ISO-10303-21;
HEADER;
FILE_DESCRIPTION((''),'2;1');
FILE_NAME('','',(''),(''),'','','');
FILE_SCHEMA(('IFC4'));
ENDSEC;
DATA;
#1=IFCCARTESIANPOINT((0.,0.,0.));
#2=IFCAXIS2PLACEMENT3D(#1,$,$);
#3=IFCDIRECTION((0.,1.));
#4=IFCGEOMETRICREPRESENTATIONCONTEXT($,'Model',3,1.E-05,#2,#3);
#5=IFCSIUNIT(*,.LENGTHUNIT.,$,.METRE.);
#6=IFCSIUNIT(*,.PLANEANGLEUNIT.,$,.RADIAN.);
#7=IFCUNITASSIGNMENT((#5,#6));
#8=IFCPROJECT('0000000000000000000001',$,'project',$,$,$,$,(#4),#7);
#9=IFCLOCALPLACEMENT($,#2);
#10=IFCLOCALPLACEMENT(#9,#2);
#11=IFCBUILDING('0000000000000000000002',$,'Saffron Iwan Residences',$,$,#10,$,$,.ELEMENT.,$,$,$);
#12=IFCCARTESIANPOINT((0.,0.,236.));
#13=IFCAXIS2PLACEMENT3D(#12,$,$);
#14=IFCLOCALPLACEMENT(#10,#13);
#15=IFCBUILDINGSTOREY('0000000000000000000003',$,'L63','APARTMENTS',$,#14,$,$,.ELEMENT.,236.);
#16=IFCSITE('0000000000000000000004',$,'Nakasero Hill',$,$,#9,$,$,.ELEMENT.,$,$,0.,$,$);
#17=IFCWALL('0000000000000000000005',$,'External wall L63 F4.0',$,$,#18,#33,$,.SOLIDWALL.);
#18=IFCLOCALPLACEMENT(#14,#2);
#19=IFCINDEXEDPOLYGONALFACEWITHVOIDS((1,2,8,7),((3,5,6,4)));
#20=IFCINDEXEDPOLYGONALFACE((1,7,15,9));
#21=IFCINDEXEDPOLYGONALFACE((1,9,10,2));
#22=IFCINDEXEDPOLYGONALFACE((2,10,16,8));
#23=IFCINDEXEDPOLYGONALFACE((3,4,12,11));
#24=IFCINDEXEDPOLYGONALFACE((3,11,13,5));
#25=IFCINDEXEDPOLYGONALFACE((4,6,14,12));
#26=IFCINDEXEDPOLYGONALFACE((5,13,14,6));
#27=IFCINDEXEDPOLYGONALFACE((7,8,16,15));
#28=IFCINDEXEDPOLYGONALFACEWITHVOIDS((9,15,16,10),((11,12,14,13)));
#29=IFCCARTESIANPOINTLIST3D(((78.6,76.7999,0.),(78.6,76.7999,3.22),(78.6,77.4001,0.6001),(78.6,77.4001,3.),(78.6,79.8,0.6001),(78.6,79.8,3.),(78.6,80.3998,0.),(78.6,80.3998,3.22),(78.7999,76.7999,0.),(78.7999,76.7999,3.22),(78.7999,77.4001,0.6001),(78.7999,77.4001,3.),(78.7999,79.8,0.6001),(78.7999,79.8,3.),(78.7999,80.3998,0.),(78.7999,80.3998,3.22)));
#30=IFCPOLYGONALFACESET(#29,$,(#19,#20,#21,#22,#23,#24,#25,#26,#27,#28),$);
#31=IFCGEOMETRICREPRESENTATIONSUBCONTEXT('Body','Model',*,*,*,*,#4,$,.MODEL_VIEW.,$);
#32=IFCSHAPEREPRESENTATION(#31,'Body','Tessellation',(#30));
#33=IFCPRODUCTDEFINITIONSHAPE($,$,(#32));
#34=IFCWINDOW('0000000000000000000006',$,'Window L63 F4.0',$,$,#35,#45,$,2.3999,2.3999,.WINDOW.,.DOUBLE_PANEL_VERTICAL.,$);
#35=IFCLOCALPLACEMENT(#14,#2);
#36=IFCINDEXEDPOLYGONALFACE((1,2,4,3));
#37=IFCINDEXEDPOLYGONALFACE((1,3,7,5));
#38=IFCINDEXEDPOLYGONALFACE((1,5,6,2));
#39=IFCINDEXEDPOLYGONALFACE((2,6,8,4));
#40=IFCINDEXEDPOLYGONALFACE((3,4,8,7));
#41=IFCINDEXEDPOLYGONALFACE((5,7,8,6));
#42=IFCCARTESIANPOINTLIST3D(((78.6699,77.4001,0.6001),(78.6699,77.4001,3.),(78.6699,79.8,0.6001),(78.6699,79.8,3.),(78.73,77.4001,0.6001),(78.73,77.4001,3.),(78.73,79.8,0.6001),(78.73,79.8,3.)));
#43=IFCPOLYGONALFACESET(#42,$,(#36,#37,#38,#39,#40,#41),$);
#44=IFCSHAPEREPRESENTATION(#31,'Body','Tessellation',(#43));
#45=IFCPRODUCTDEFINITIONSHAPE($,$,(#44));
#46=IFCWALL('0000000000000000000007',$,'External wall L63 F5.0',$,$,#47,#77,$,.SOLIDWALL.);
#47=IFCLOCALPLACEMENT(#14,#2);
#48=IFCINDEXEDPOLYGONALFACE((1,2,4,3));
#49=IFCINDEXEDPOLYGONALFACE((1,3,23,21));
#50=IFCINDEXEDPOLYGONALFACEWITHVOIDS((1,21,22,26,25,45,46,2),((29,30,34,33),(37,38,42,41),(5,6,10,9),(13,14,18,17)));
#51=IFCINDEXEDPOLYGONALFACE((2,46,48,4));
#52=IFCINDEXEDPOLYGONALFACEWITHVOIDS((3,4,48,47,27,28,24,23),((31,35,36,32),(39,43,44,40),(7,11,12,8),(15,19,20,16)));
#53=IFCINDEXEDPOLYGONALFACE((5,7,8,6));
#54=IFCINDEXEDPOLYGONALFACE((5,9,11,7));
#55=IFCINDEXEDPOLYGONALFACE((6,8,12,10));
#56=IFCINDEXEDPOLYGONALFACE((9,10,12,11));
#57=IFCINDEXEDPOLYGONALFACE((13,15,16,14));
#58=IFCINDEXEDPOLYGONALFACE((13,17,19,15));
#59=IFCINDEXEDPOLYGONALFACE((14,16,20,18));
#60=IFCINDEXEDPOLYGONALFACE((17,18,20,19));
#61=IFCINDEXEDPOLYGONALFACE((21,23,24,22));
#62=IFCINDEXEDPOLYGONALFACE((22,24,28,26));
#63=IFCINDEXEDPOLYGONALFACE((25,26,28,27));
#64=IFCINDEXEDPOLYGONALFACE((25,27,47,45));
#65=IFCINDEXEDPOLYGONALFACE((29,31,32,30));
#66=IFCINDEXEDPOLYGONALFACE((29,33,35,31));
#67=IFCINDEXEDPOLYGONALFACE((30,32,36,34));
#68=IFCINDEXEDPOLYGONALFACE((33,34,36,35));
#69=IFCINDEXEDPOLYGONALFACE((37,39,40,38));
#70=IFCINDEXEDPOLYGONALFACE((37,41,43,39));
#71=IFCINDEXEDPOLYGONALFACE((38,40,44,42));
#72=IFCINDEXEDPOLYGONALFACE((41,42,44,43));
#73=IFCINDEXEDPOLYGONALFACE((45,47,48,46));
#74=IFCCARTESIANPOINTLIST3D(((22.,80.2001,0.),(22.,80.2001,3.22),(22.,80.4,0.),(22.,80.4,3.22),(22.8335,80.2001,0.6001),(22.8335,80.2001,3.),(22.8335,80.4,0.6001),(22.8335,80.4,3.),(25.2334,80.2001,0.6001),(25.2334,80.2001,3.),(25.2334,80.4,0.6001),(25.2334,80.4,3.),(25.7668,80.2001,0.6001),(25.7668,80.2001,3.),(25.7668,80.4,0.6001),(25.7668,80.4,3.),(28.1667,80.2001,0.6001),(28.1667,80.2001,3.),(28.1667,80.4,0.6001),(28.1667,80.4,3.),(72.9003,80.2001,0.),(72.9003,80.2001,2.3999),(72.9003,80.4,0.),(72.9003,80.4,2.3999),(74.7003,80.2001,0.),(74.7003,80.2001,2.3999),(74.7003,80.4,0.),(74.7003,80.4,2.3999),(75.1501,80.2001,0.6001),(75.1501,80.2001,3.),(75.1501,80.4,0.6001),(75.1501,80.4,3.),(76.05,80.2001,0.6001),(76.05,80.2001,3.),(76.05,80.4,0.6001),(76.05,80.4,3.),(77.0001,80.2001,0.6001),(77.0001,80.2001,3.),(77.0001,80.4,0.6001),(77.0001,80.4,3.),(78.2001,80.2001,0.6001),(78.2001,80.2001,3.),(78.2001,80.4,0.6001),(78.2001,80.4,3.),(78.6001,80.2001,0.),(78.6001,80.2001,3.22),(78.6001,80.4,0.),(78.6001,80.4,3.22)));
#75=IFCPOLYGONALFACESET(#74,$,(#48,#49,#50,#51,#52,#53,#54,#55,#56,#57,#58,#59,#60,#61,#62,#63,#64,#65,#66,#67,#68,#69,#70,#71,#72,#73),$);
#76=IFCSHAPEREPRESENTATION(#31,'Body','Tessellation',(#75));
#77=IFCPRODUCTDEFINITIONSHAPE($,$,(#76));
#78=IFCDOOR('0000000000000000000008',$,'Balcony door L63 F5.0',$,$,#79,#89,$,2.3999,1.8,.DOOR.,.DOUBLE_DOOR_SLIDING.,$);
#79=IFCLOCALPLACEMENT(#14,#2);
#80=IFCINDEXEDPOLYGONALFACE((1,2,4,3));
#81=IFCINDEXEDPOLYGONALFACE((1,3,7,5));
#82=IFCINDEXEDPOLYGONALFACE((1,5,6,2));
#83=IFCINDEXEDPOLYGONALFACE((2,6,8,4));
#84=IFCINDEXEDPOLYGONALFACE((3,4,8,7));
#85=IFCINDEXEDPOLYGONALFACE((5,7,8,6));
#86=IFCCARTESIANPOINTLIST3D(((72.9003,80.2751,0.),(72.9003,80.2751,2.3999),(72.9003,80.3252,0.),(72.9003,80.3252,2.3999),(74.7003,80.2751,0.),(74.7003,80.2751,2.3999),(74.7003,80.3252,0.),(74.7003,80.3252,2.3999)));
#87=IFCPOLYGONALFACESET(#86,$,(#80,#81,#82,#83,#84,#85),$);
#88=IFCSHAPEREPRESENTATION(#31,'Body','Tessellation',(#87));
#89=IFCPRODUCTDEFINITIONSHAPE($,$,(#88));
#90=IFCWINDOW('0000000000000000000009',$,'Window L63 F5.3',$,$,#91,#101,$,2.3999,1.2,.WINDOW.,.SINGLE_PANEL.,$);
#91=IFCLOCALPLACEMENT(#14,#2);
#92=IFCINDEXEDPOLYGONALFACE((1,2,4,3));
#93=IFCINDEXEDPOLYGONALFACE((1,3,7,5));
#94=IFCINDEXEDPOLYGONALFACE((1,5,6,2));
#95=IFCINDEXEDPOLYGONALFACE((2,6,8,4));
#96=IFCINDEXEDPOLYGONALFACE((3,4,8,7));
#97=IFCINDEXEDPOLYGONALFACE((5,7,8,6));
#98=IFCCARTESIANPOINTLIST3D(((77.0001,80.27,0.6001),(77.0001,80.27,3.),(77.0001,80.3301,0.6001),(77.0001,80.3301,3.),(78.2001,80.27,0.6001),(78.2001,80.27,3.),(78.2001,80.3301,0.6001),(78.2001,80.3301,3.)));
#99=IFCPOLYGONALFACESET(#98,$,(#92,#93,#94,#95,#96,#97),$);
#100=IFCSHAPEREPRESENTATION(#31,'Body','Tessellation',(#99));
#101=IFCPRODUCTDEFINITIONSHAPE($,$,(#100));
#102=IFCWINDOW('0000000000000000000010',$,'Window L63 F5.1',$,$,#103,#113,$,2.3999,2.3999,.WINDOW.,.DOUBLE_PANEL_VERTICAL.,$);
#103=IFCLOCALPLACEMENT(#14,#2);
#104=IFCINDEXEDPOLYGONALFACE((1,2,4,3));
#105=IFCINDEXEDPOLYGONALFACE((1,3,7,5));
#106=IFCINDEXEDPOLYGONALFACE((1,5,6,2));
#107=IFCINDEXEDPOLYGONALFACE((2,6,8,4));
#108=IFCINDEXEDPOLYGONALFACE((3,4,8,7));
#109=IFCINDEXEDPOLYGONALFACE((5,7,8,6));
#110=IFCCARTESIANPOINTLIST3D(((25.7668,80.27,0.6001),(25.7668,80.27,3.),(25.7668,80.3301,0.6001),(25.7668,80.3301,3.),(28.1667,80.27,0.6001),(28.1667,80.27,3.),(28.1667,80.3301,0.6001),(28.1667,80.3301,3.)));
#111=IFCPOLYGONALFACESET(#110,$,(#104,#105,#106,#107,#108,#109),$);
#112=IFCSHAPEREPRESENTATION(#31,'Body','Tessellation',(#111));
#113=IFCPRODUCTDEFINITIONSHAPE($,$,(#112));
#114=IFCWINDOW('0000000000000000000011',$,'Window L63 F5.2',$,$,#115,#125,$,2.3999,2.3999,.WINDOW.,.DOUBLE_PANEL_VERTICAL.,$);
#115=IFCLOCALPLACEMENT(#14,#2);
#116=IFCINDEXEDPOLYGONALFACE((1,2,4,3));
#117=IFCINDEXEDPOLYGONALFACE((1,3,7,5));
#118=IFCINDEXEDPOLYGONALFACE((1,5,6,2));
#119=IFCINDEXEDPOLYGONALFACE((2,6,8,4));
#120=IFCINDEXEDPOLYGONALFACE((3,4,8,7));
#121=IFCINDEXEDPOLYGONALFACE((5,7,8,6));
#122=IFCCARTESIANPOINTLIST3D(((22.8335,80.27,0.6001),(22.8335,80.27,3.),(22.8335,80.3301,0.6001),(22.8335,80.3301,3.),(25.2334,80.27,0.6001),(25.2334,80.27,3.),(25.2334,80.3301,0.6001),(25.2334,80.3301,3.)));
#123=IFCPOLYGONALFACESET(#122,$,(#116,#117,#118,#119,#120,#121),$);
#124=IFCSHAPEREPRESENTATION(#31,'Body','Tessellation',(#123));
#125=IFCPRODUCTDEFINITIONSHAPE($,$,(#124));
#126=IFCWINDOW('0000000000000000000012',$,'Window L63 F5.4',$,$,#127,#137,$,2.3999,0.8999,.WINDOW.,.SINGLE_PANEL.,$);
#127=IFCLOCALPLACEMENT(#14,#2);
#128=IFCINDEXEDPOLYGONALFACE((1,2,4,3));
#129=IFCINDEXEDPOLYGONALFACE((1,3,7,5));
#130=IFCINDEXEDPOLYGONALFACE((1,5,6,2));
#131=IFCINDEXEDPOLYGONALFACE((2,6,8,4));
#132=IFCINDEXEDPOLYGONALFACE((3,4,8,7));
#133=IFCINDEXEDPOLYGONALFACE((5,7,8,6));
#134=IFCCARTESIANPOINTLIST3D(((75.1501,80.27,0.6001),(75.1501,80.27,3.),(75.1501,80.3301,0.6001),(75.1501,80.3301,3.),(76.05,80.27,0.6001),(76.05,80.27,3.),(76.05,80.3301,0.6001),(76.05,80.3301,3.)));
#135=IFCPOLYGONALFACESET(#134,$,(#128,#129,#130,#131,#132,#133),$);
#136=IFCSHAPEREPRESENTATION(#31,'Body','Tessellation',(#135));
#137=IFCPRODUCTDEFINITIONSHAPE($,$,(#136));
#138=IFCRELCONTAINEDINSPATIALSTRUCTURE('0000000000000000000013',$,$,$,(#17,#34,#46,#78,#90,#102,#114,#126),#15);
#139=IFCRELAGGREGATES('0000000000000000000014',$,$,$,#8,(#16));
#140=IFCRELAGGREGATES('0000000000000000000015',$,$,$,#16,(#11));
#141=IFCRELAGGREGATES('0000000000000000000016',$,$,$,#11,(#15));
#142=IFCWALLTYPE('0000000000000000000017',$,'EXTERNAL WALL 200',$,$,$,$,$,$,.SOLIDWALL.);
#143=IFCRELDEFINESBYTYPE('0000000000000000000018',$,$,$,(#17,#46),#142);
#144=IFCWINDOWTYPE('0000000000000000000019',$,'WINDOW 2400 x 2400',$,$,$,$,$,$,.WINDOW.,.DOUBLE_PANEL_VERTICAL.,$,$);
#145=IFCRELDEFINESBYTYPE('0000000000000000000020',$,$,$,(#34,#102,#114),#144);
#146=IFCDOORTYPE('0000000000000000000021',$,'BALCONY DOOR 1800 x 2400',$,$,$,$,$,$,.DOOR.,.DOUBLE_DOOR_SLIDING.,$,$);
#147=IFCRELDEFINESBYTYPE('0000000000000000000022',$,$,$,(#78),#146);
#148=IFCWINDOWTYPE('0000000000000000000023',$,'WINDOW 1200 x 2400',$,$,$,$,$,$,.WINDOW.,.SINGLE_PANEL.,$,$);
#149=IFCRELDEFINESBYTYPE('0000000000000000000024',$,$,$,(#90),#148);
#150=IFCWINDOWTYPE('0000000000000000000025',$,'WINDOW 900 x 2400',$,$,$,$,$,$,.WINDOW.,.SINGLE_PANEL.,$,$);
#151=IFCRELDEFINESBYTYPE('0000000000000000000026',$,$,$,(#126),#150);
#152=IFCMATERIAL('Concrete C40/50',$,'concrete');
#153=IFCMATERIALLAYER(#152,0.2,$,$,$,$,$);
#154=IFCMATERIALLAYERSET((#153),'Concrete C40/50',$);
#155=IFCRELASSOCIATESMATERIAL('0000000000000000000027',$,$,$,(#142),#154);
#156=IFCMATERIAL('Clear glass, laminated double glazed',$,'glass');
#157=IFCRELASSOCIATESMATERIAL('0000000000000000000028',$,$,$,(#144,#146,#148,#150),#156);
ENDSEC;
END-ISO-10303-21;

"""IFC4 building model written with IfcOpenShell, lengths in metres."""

from ifc_helpers import new_model, si_unit, direction, frame, frame_2d, origin, place, context, subcontext, project, spatial, rectangle, extrude, material, layer, layer_set, type_object, element, fill, save


model = new_model("IFC4")

# Units and contexts
model_context = context("Model", 3, precision=1e-05, world=origin(), true_north=direction((0.0, 1.0)))
body_context = subcontext(model_context, "Body", "Model", "MODEL_VIEW")
ifc_project = project(units=[si_unit("LENGTHUNIT", "METRE"), si_unit("PLANEANGLEUNIT", "RADIAN")], contexts=[model_context])

# Site, building, storey
site_placement = place(None, origin())
site = spatial("IfcSite", under=ifc_project, at=site_placement, Name="Nakasero Hill", CompositionType="ELEMENT", RefElevation=0.0)
building_placement = place(site_placement, origin())
building = spatial("IfcBuilding", under=site, at=building_placement, Name="Saffron Iwan Residences", CompositionType="ELEMENT")
storey_placement = place(building_placement, frame((0.0, 0.0, 236.0)))
storey = spatial("IfcBuildingStorey", under=building, at=storey_placement, Name="L63", Description="APARTMENTS", CompositionType="ELEMENT", Elevation=236.0)

# Shared definitions
ifc_material_1 = material(Name="Concrete C40/50", Category="concrete")

# Wall, opening, window
ifc_layer_1 = layer(ifc_material_1, 0.2)
ifc_layer_set_1 = layer_set([ifc_layer_1], Name="Concrete C40/50")
wall_type_1 = type_object("IfcWallType", Name="EXTERNAL WALL 200", PredefinedType="SOLIDWALL", material=ifc_layer_set_1)
ifc_material_2 = material(Name="Clear glass, laminated double glazed", Category="glass")
wall_1_placement = place(storey_placement, frame((78.7, 76.8, 0.0), z_axis=(0.0, 0.0, 1.0), x_axis=(0.0, 1.0, 0.0)))
wall_1 = element("IfcWall", 1, at=wall_1_placement, inside=storey, type_object=wall_type_1, Name="External wall L63 F4.0", PredefinedType="SOLIDWALL", context=body_context, shape_type="SweptSolid", body=[
    extrude(rectangle(XDim=3.5999, YDim=0.2, at=frame_2d((1.7998, 0.0))), origin(), (0.0, 0.0, 1.0), 3.22),
])
opening_1_placement = place(wall_1_placement, frame((0.6001, 0.0, 0.6001)))
opening_1 = element("IfcOpeningElement", 2, at=opening_1_placement, cuts=wall_1, PredefinedType="OPENING", context=body_context, shape_type="SweptSolid", body=[
    extrude(rectangle(XDim=2.3999, YDim=2.3999, at=frame_2d((1.2, 1.2))), frame((0.0, 0.1099, 0.0), z_axis=(0.0, -1.0, 0.0), x_axis=(1.0, 0.0, 0.0)), (0.0, 0.0, 1.0), 0.22),
])
window_type_1 = type_object("IfcWindowType", Name="WINDOW 2400 x 2400", PartitioningType="DOUBLE_PANEL_VERTICAL", PredefinedType="WINDOW", material=ifc_material_2)
window_1_placement = place(opening_1_placement, origin())
window_1 = element("IfcWindow", 3, at=window_1_placement, inside=storey, type_object=window_type_1, Name="Window L63 F4.0", OverallHeight=2.3999, OverallWidth=2.3999, PartitioningType="DOUBLE_PANEL_VERTICAL", PredefinedType="WINDOW", context=body_context, shape_type="SweptSolid", body=[
    extrude(rectangle(XDim=2.3999, YDim=2.3999, at=frame_2d((1.2, 1.2))), frame((0.0, 0.03, 0.0), z_axis=(0.0, -1.0, 0.0), x_axis=(1.0, 0.0, 0.0)), (0.0, 0.0, 1.0), 0.0601),
])
fill(opening_1, window_1)

# Wall, openings, door, windows
wall_2_placement = place(storey_placement, frame((78.6001, 80.3, 0.0), z_axis=(0.0, 0.0, 1.0), x_axis=(-1.0, 0.0, 0.0)))
wall_2 = element("IfcWall", 4, at=wall_2_placement, inside=storey, type_object=wall_type_1, Name="External wall L63 F5.0", PredefinedType="SOLIDWALL", context=body_context, shape_type="SweptSolid", body=[
    extrude(rectangle(XDim=56.6001, YDim=0.2, at=frame_2d((28.3, 0.0))), origin(), (0.0, 0.0, 1.0), 3.22),
])
opening_2_placement = place(wall_2_placement, frame((3.8999, 0.0, 0.0)))
opening_2 = element("IfcOpeningElement", 5, at=opening_2_placement, cuts=wall_2, PredefinedType="OPENING", context=body_context, shape_type="SweptSolid", body=[
    extrude(rectangle(XDim=1.8, YDim=2.3999, at=frame_2d((0.8999, 1.2))), frame((0.0, 0.1099, 0.0), z_axis=(0.0, -1.0, 0.0), x_axis=(1.0, 0.0, 0.0)), (0.0, 0.0, 1.0), 0.22),
])
opening_3_placement = place(wall_2_placement, frame((50.4333, 0.0, 0.6001)))
opening_3 = element("IfcOpeningElement", 6, at=opening_3_placement, cuts=wall_2, PredefinedType="OPENING", context=body_context, shape_type="SweptSolid", body=[
    extrude(rectangle(XDim=2.3999, YDim=2.3999, at=frame_2d((1.2, 1.2))), frame((0.0, 0.1099, 0.0), z_axis=(0.0, -1.0, 0.0), x_axis=(1.0, 0.0, 0.0)), (0.0, 0.0, 1.0), 0.22),
])
opening_4_placement = place(wall_2_placement, frame((53.3667, 0.0, 0.6001)))
opening_4 = element("IfcOpeningElement", 7, at=opening_4_placement, cuts=wall_2, PredefinedType="OPENING", context=body_context, shape_type="SweptSolid", body=[
    extrude(rectangle(XDim=2.3999, YDim=2.3999, at=frame_2d((1.2, 1.2))), frame((0.0, 0.1099, 0.0), z_axis=(0.0, -1.0, 0.0), x_axis=(1.0, 0.0, 0.0)), (0.0, 0.0, 1.0), 0.22),
])
opening_5_placement = place(wall_2_placement, frame((0.3999, 0.0, 0.6001)))
opening_5 = element("IfcOpeningElement", 8, at=opening_5_placement, cuts=wall_2, PredefinedType="OPENING", context=body_context, shape_type="SweptSolid", body=[
    extrude(rectangle(XDim=1.2, YDim=2.3999, at=frame_2d((0.6001, 1.2))), frame((0.0, 0.1099, 0.0), z_axis=(0.0, -1.0, 0.0), x_axis=(1.0, 0.0, 0.0)), (0.0, 0.0, 1.0), 0.22),
])
opening_6_placement = place(wall_2_placement, frame((2.55, 0.0, 0.6001)))
opening_6 = element("IfcOpeningElement", 9, at=opening_6_placement, cuts=wall_2, PredefinedType="OPENING", context=body_context, shape_type="SweptSolid", body=[
    extrude(rectangle(XDim=0.8999, YDim=2.3999, at=frame_2d((0.45, 1.2))), frame((0.0, 0.1099, 0.0), z_axis=(0.0, -1.0, 0.0), x_axis=(1.0, 0.0, 0.0)), (0.0, 0.0, 1.0), 0.22),
])
door_type_1 = type_object("IfcDoorType", Name="BALCONY DOOR 1800 x 2400", OperationType="DOUBLE_DOOR_SLIDING", PredefinedType="DOOR", material=ifc_material_2)
door_1_placement = place(opening_2_placement, origin())
door_1 = element("IfcDoor", 10, at=door_1_placement, inside=storey, type_object=door_type_1, Name="Balcony door L63 F5.0", OperationType="DOUBLE_DOOR_SLIDING", OverallHeight=2.3999, OverallWidth=1.8, PredefinedType="DOOR", context=body_context, shape_type="SweptSolid", body=[
    extrude(rectangle(XDim=1.8, YDim=2.3999, at=frame_2d((0.8999, 1.2))), frame((0.0, 0.0249, 0.0), z_axis=(0.0, -1.0, 0.0), x_axis=(1.0, 0.0, 0.0)), (0.0, 0.0, 1.0), 0.05),
])
fill(opening_2, door_1)
window_type_2 = type_object("IfcWindowType", Name="WINDOW 1200 x 2400", PartitioningType="SINGLE_PANEL", PredefinedType="WINDOW", material=ifc_material_2)
window_2_placement = place(opening_5_placement, origin())
window_2 = element("IfcWindow", 11, at=window_2_placement, inside=storey, type_object=window_type_2, Name="Window L63 F5.3", OverallHeight=2.3999, OverallWidth=1.2, PartitioningType="SINGLE_PANEL", PredefinedType="WINDOW", context=body_context, shape_type="SweptSolid", body=[
    extrude(rectangle(XDim=1.2, YDim=2.3999, at=frame_2d((0.6001, 1.2))), frame((0.0, 0.03, 0.0), z_axis=(0.0, -1.0, 0.0), x_axis=(1.0, 0.0, 0.0)), (0.0, 0.0, 1.0), 0.0601),
])
fill(opening_5, window_2)
window_3_placement = place(opening_3_placement, origin())
window_3 = element("IfcWindow", 12, at=window_3_placement, inside=storey, type_object=window_type_1, Name="Window L63 F5.1", OverallHeight=2.3999, OverallWidth=2.3999, PartitioningType="DOUBLE_PANEL_VERTICAL", PredefinedType="WINDOW", context=body_context, shape_type="SweptSolid", body=[
    extrude(rectangle(XDim=2.3999, YDim=2.3999, at=frame_2d((1.2, 1.2))), frame((0.0, 0.03, 0.0), z_axis=(0.0, -1.0, 0.0), x_axis=(1.0, 0.0, 0.0)), (0.0, 0.0, 1.0), 0.0601),
])
fill(opening_3, window_3)
window_4_placement = place(opening_4_placement, origin())
window_4 = element("IfcWindow", 13, at=window_4_placement, inside=storey, type_object=window_type_1, Name="Window L63 F5.2", OverallHeight=2.3999, OverallWidth=2.3999, PartitioningType="DOUBLE_PANEL_VERTICAL", PredefinedType="WINDOW", context=body_context, shape_type="SweptSolid", body=[
    extrude(rectangle(XDim=2.3999, YDim=2.3999, at=frame_2d((1.2, 1.2))), frame((0.0, 0.03, 0.0), z_axis=(0.0, -1.0, 0.0), x_axis=(1.0, 0.0, 0.0)), (0.0, 0.0, 1.0), 0.0601),
])
fill(opening_4, window_4)
window_type_3 = type_object("IfcWindowType", Name="WINDOW 900 x 2400", PartitioningType="SINGLE_PANEL", PredefinedType="WINDOW", material=ifc_material_2)
window_5_placement = place(opening_6_placement, origin())
window_5 = element("IfcWindow", 14, at=window_5_placement, inside=storey, type_object=window_type_3, Name="Window L63 F5.4", OverallHeight=2.3999, OverallWidth=0.8999, PartitioningType="SINGLE_PANEL", PredefinedType="WINDOW", context=body_context, shape_type="SweptSolid", body=[
    extrude(rectangle(XDim=0.8999, YDim=2.3999, at=frame_2d((0.45, 1.2))), frame((0.0, 0.03, 0.0), z_axis=(0.0, -1.0, 0.0), x_axis=(1.0, 0.0, 0.0)), (0.0, 0.0, 1.0), 0.0601),
])
fill(opening_6, window_5)

save(model, "model.ifc")
